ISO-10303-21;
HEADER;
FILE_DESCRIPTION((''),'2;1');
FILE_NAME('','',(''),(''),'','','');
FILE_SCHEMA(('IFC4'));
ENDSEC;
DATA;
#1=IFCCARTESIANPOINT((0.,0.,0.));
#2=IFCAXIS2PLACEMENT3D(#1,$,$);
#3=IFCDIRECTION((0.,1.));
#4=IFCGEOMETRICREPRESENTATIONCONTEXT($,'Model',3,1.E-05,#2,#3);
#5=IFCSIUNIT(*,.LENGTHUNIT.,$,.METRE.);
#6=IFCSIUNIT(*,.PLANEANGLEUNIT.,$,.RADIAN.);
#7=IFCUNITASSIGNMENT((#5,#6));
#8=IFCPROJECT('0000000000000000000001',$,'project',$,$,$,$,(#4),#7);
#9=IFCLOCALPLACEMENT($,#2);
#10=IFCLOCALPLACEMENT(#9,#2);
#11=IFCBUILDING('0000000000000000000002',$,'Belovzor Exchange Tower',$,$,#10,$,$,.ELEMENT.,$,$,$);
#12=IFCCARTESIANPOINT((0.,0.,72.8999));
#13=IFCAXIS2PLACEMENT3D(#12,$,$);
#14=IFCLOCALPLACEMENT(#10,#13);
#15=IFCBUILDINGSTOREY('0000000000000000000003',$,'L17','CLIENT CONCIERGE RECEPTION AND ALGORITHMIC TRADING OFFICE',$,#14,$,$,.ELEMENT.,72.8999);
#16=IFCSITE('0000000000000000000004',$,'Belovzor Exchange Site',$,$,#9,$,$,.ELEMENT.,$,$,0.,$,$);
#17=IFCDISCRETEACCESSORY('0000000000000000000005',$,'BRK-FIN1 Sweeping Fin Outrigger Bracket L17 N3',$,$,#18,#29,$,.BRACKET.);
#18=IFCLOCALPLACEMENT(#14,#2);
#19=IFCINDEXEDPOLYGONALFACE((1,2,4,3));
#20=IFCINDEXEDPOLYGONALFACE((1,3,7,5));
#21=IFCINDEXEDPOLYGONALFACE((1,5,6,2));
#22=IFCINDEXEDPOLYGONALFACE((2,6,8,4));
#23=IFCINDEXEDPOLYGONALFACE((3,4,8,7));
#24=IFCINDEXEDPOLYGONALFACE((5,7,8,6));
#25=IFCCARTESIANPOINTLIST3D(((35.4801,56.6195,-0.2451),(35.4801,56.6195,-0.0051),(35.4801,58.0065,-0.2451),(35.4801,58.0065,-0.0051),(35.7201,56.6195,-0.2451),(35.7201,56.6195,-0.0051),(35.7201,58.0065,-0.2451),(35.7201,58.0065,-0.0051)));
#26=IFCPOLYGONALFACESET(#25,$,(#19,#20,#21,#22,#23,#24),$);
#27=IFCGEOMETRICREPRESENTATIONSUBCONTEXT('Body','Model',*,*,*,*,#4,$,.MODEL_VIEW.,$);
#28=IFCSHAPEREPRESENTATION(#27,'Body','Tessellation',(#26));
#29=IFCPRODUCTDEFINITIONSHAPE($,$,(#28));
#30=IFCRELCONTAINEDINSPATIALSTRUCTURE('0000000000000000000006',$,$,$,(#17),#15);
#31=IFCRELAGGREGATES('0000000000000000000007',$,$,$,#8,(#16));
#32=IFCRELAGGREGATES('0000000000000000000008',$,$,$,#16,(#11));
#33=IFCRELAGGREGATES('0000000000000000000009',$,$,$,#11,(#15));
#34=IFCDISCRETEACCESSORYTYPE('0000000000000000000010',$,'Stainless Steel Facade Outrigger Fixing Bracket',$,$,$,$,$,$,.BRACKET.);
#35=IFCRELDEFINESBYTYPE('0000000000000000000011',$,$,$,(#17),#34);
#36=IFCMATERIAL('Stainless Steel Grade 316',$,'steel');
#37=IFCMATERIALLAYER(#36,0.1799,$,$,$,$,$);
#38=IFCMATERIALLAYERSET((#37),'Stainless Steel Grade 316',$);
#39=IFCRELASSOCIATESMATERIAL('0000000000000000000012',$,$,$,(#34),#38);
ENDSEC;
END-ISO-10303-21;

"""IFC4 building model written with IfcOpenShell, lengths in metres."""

from ifc_helpers import new_model, si_unit, direction, frame, origin, origin_2d, place, context, subcontext, project, spatial, rectangle, extrude, material, layer, layer_set, type_object, element, save


model = new_model("IFC4")

# Units and contexts
model_context = context("Model", 3, precision=1e-05, world=origin(), true_north=direction((0.0, 1.0)))
body_context = subcontext(model_context, "Body", "Model", "MODEL_VIEW")
ifc_project = project(units=[si_unit("LENGTHUNIT", "METRE"), si_unit("PLANEANGLEUNIT", "RADIAN")], contexts=[model_context])

# Site, building, storey
site_placement = place(None, origin())
site = spatial("IfcSite", under=ifc_project, at=site_placement, Name="Belovzor Exchange Site", CompositionType="ELEMENT", RefElevation=0.0)
building_placement = place(site_placement, origin())
building = spatial("IfcBuilding", under=site, at=building_placement, Name="Belovzor Exchange Tower", CompositionType="ELEMENT")
storey_placement = place(building_placement, frame((0.0, 0.0, 72.8999)))
storey = spatial("IfcBuildingStorey", under=building, at=storey_placement, Name="L17", Description="CLIENT CONCIERGE RECEPTION AND ALGORITHMIC TRADING OFFICE", CompositionType="ELEMENT", Elevation=72.8999)

# Discrete accessory
ifc_material_1 = material(Name="Stainless Steel Grade 316", Category="steel")
ifc_layer_1 = layer(ifc_material_1, 0.1799)
ifc_layer_set_1 = layer_set([ifc_layer_1], Name="Stainless Steel Grade 316")
discrete_accessory_type = type_object("IfcDiscreteAccessoryType", Name="Stainless Steel Facade Outrigger Fixing Bracket", PredefinedType="BRACKET", material=ifc_layer_set_1)
discrete_accessory_placement = place(storey_placement, frame((35.6001, 57.313, -0.2451), z_axis=(0.0, 0.0, 1.0), x_axis=(0.0, 1.0, 0.0)))
element("IfcDiscreteAccessory", 1, at=discrete_accessory_placement, inside=storey, type_object=discrete_accessory_type, Name="BRK-FIN1 Sweeping Fin Outrigger Bracket L17 N3", PredefinedType="BRACKET", context=body_context, shape_type="SweptSolid", body=[
    extrude(rectangle(XDim=1.387, YDim=0.24, at=origin_2d()), origin(), (0.0, 0.0, 1.0), 0.24),
])

save(model, "model.ifc")
